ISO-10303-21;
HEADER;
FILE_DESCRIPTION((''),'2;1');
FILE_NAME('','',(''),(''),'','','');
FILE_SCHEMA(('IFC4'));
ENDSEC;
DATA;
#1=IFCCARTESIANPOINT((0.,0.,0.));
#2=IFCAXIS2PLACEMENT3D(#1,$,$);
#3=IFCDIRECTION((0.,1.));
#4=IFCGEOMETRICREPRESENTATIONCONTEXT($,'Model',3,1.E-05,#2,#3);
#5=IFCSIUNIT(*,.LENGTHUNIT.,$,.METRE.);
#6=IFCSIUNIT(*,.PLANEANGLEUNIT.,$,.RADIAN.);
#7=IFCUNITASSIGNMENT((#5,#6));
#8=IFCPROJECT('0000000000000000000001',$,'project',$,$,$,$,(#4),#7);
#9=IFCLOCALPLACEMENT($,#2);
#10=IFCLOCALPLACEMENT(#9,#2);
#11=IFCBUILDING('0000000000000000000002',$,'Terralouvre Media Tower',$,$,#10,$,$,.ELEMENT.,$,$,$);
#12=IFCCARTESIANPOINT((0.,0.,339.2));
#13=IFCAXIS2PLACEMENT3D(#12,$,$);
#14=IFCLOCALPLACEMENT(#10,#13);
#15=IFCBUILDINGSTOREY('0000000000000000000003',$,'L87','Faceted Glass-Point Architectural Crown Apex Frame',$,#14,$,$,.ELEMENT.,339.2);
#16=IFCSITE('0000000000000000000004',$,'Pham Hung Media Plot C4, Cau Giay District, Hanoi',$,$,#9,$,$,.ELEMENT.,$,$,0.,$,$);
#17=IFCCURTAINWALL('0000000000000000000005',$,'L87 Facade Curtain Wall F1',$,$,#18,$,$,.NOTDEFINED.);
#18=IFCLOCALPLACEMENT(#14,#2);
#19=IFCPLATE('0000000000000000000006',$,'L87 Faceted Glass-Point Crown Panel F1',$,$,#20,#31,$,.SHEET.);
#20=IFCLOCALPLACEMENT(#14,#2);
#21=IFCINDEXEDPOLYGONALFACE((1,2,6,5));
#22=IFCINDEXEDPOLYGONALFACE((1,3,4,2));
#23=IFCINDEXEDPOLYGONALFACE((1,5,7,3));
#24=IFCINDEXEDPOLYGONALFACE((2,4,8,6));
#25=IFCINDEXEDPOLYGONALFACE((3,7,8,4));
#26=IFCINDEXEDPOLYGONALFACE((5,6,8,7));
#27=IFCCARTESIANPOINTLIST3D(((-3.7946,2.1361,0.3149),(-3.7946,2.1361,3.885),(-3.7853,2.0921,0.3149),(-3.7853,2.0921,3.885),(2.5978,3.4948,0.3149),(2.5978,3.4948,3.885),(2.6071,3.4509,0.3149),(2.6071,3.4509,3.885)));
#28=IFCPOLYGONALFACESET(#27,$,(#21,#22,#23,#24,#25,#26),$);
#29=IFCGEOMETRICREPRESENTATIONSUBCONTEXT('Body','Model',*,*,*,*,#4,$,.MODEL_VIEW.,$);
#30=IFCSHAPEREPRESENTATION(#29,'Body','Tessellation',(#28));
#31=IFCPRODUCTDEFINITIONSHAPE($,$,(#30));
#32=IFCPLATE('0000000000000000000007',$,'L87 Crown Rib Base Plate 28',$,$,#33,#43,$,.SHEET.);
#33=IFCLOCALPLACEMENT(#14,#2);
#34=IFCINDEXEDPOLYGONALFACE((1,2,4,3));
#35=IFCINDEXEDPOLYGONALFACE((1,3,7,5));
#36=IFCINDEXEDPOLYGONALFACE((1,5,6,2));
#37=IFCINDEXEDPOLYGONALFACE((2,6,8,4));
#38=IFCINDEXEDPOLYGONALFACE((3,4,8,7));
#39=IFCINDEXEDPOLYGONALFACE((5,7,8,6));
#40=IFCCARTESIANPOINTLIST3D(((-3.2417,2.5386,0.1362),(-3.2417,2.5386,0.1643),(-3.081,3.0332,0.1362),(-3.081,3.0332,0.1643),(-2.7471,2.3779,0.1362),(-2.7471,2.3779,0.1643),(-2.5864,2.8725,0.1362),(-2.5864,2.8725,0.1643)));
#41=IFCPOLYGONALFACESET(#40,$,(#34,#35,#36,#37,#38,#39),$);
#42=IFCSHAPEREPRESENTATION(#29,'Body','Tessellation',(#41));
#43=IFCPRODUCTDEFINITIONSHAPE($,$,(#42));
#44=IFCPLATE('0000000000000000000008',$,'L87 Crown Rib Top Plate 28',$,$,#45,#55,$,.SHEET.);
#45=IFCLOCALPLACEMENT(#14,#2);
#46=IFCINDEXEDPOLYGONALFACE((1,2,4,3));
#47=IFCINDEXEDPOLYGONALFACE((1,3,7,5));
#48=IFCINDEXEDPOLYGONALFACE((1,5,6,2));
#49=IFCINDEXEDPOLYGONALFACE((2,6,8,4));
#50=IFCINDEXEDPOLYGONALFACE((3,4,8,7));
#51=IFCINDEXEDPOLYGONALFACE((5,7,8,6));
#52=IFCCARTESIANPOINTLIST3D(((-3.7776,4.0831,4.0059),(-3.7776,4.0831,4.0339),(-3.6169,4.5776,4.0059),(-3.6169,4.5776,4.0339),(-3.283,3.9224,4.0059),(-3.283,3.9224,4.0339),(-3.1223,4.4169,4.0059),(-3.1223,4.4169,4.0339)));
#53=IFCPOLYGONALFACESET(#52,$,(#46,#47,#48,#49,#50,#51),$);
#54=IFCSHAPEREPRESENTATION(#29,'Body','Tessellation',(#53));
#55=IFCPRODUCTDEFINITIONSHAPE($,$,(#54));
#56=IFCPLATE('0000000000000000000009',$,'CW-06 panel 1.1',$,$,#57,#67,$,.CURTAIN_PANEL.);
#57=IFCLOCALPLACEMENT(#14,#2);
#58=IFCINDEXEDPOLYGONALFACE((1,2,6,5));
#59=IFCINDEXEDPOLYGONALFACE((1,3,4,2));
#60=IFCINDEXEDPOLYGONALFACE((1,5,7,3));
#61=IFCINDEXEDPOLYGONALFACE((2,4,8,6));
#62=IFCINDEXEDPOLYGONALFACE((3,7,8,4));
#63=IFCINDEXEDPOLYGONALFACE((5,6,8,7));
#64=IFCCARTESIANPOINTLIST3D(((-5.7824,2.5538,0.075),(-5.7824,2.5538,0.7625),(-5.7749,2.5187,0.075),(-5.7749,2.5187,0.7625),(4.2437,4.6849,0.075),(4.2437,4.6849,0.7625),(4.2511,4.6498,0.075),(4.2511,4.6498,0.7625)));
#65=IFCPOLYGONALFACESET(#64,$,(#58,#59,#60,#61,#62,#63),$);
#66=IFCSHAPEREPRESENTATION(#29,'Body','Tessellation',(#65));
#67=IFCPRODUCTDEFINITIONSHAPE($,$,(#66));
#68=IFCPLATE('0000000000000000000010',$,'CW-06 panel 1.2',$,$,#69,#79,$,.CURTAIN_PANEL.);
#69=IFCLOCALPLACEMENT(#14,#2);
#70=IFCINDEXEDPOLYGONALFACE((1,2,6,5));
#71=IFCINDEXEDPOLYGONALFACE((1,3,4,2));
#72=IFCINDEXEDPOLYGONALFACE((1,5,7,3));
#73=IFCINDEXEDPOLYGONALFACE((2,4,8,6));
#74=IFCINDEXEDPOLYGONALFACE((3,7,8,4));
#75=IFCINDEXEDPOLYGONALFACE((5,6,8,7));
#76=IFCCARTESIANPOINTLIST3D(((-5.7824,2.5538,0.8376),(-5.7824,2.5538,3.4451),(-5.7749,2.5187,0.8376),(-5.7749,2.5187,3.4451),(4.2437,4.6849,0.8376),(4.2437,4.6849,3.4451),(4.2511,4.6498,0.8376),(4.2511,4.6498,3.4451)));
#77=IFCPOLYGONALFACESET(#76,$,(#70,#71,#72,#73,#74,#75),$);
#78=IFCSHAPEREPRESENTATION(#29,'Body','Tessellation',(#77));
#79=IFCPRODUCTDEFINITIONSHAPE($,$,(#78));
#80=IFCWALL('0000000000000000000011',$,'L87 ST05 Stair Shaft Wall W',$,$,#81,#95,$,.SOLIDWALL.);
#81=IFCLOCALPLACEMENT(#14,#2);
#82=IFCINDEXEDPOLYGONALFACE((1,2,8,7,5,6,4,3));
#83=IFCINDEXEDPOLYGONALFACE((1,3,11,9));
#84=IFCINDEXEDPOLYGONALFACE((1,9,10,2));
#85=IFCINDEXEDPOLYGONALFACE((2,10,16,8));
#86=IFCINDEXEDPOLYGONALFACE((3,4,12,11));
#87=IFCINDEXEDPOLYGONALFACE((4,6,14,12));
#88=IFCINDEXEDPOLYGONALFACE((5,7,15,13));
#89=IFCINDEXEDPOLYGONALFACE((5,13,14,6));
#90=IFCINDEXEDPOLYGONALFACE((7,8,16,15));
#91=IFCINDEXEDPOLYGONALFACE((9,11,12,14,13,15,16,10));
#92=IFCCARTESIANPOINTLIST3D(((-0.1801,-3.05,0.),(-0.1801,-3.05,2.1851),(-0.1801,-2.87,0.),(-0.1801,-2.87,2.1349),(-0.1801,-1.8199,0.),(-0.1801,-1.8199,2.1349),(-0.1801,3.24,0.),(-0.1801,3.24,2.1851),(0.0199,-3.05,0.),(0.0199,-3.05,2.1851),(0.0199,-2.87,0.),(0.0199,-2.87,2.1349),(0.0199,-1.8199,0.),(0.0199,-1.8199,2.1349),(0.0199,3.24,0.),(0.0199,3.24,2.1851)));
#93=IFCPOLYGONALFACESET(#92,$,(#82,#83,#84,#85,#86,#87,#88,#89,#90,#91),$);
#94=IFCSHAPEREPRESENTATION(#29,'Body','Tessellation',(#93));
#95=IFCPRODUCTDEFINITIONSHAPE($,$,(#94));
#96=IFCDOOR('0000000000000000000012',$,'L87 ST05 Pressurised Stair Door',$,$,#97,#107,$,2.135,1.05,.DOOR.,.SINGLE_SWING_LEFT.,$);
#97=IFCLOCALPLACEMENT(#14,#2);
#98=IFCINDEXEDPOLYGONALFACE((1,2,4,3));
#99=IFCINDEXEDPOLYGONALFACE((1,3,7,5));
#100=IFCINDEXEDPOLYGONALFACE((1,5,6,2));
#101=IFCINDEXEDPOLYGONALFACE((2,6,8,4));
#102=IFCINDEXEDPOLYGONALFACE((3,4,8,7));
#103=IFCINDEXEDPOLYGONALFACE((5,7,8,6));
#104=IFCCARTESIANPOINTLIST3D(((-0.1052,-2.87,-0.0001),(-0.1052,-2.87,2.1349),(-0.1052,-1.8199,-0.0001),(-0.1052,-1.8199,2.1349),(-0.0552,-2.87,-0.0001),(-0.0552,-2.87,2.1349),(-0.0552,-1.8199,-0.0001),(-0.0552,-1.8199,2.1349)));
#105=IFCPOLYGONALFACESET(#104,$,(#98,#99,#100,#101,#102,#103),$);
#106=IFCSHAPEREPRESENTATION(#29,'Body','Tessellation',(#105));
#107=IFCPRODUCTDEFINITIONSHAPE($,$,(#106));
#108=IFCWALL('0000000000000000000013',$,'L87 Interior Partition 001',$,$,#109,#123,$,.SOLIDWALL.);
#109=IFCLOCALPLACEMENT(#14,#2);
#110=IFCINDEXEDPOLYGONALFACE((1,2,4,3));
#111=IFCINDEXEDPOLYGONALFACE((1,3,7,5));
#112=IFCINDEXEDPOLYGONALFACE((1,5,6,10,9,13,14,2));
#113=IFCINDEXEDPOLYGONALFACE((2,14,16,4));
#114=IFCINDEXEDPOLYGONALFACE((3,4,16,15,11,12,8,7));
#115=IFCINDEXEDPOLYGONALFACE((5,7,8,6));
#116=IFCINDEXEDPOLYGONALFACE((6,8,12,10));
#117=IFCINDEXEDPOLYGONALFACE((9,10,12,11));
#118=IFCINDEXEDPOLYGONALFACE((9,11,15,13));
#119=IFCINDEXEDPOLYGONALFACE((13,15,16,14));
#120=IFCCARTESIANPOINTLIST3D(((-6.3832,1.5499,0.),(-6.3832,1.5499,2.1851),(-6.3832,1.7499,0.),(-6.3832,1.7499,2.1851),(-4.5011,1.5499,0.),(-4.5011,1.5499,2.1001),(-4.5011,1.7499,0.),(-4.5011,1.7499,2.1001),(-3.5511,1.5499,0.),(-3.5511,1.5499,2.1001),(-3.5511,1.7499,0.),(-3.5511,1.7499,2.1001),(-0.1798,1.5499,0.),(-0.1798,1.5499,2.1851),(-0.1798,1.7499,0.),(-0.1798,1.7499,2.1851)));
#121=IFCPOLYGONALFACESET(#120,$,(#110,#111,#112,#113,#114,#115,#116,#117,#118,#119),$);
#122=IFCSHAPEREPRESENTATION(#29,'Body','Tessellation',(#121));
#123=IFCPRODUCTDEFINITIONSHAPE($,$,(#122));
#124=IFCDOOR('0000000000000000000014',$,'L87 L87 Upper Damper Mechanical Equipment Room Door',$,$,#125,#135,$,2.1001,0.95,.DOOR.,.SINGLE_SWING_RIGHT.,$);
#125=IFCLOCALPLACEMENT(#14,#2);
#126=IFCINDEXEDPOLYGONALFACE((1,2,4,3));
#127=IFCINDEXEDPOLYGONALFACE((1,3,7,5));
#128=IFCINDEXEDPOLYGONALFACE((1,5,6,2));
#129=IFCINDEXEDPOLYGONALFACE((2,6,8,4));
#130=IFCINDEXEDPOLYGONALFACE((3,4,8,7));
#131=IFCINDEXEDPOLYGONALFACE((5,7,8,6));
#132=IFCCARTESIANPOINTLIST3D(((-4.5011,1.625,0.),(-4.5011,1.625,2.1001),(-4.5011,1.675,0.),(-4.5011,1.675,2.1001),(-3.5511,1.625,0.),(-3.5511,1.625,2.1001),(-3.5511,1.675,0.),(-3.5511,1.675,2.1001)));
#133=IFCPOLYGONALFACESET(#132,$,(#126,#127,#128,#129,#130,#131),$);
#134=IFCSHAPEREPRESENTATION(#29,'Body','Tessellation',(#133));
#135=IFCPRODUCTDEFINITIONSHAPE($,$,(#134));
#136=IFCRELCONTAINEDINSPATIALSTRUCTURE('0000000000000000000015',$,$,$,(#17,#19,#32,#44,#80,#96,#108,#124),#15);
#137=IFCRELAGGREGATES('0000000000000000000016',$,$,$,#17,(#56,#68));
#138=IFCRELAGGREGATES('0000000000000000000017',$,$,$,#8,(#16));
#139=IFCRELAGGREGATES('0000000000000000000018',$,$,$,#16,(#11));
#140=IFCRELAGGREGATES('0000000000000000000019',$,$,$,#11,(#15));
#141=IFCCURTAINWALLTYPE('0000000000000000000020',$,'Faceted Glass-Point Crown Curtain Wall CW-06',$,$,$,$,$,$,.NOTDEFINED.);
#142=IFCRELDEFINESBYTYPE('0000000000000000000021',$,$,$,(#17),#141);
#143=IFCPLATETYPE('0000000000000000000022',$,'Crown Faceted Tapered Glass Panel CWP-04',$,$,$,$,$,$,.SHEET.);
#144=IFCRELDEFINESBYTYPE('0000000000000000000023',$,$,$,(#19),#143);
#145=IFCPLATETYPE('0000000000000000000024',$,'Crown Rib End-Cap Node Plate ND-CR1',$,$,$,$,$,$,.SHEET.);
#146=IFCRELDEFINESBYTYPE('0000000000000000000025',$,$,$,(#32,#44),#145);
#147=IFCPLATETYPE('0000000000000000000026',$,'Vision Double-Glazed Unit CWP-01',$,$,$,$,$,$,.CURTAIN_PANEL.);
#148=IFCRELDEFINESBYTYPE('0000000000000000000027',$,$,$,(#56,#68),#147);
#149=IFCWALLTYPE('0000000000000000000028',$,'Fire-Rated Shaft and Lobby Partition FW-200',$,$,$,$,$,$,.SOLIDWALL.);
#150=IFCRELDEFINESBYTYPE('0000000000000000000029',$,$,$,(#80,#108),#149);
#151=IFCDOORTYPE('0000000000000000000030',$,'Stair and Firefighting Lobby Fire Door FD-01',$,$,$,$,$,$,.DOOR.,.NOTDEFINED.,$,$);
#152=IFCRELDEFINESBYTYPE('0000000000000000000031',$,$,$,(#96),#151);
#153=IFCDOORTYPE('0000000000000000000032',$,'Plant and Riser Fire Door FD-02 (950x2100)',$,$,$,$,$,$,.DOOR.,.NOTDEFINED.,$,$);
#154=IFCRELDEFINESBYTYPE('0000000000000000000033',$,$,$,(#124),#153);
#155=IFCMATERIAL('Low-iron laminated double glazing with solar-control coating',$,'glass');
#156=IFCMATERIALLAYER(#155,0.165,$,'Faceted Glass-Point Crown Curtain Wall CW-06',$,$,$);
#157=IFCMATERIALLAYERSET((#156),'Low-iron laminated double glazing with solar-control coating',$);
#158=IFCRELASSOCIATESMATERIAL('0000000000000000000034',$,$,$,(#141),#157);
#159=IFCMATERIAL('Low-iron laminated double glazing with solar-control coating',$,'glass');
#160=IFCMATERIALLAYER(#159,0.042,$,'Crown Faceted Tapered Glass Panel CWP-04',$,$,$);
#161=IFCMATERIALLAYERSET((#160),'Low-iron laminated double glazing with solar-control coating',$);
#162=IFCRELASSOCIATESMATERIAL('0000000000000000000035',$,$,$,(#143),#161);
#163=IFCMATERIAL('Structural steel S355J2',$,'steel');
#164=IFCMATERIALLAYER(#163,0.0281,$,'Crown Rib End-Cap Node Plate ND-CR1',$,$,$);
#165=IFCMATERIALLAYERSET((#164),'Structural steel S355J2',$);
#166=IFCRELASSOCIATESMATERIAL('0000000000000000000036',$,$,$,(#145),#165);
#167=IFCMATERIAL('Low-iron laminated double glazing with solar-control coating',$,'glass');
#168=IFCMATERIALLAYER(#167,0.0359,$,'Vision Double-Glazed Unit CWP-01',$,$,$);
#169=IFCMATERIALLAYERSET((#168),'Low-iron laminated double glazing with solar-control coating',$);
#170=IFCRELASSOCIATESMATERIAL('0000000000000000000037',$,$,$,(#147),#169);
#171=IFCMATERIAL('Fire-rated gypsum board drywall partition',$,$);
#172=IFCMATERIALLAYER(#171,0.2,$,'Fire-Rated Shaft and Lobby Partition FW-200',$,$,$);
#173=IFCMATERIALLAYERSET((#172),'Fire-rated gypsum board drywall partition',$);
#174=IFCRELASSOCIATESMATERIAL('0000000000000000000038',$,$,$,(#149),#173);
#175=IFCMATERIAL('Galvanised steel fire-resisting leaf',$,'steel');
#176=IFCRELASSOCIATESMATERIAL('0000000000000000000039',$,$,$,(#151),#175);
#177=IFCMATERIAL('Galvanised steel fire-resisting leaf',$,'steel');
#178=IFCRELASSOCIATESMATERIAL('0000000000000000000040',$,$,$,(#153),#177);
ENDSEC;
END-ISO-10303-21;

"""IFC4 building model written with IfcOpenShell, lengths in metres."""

from ifc_helpers import new_model, si_unit, direction, frame, frame_2d, origin, origin_2d, place, context, subcontext, project, spatial, rectangle, extrude, material, layer, layer_set, type_object, element, fill, aggregate, save


model = new_model("IFC4")

# Units and contexts
model_context = context("Model", 3, precision=1e-05, world=origin(), true_north=direction((0.0, 1.0)))
body_context = subcontext(model_context, "Body", "Model", "MODEL_VIEW")
ifc_project = project(units=[si_unit("LENGTHUNIT", "METRE"), si_unit("PLANEANGLEUNIT", "RADIAN")], contexts=[model_context])

# Site, building, storey
site_placement = place(None, origin())
site = spatial("IfcSite", under=ifc_project, at=site_placement, Name="Pham Hung Media Plot C4, Cau Giay District, Hanoi", CompositionType="ELEMENT", RefElevation=0.0)
building_placement = place(site_placement, origin())
building = spatial("IfcBuilding", under=site, at=building_placement, Name="Terralouvre Media Tower", CompositionType="ELEMENT")
storey_placement = place(building_placement, frame((0.0, 0.0, 339.2)))
storey = spatial("IfcBuildingStorey", under=building, at=storey_placement, Name="L87", Description="Faceted Glass-Point Architectural Crown Apex Frame", CompositionType="ELEMENT", Elevation=339.2)

# Shared definitions
ifc_material_1 = material(Name="Low-iron laminated double glazing with solar-control coating", Category="glass")
ifc_layer_1 = layer(ifc_material_1, 0.165, Name="Faceted Glass-Point Crown Curtain Wall CW-06")
ifc_layer_set_1 = layer_set([ifc_layer_1], Name="Low-iron laminated double glazing with solar-control coating")
curtain_wall_type = type_object("IfcCurtainWallType", Name="Faceted Glass-Point Crown Curtain Wall CW-06", PredefinedType="NOTDEFINED", material=ifc_layer_set_1)

# Curtain wall
curtain_wall_1_placement = place(storey_placement, origin())
curtain_wall_1 = element("IfcCurtainWall", 1, at=curtain_wall_1_placement, inside=storey, type_object=curtain_wall_type, Name="L87 Facade Curtain Wall F1", PredefinedType="NOTDEFINED")

# Plates
ifc_material_2 = material(Name="Low-iron laminated double glazing with solar-control coating", Category="glass")
ifc_layer_2 = layer(ifc_material_2, 0.042, Name="Crown Faceted Tapered Glass Panel CWP-04")
ifc_layer_set_2 = layer_set([ifc_layer_2], Name="Low-iron laminated double glazing with solar-control coating")
plate_type_1 = type_object("IfcPlateType", Name="Crown Faceted Tapered Glass Panel CWP-04", PredefinedType="SHEET", material=ifc_layer_set_2)
plate_1_placement = place(storey_placement, frame((-0.5938, 2.7935, 0.3149), z_axis=(0.0, 0.0, 1.0), x_axis=(-0.978148, -0.207912, 0.0)))
element("IfcPlate", 2, at=plate_1_placement, inside=storey, type_object=plate_type_1, Name="L87 Faceted Glass-Point Crown Panel F1", PredefinedType="SHEET", context=body_context, shape_type="SweptSolid", body=[
    extrude(rectangle(XDim=6.5352, YDim=0.0449, at=origin_2d()), origin(), (0.0, 0.0, 1.0), 3.5701),
])
ifc_material_3 = material(Name="Structural steel S355J2", Category="steel")
ifc_layer_3 = layer(ifc_material_3, 0.0281, Name="Crown Rib End-Cap Node Plate ND-CR1")
ifc_layer_set_3 = layer_set([ifc_layer_3], Name="Structural steel S355J2")
plate_type_2 = type_object("IfcPlateType", Name="Crown Rib End-Cap Node Plate ND-CR1", PredefinedType="SHEET", material=ifc_layer_set_3)
for number, where, z_axis, x_axis, name in (
    (3, (-2.9141, 2.7056, 0.1362), (0.0, 0.0, 1.0), (0.309017, 0.951057, 0.0), "L87 Crown Rib Base Plate 28"),
    (4, (-3.45, 4.25, 4.0059), (0.0, 0.0, 1.0), (0.309017, 0.951057, 0.0), "L87 Crown Rib Top Plate 28"),
):
    element("IfcPlate", number, at=place(storey_placement, frame(where, z_axis=z_axis, x_axis=x_axis)), inside=storey, type_object=plate_type_2, Name=name, PredefinedType="SHEET", context=body_context, shape_type="SweptSolid", body=[
        extrude(rectangle(XDim=0.52, YDim=0.52, at=origin_2d()), origin(), (0.0, 0.0, 1.0), 0.0281),
    ])

# Plates
ifc_material_4 = material(Name="Low-iron laminated double glazing with solar-control coating", Category="glass")
ifc_layer_4 = layer(ifc_material_4, 0.0359, Name="Vision Double-Glazed Unit CWP-01")
ifc_layer_set_4 = layer_set([ifc_layer_4], Name="Low-iron laminated double glazing with solar-control coating")
plate_type_3 = type_object("IfcPlateType", Name="Vision Double-Glazed Unit CWP-01", PredefinedType="CURTAIN_PANEL", material=ifc_layer_set_4)
plate_2_placement = place(storey_placement, frame((-0.7656, 3.6018, 0.075), z_axis=(0.0, 0.0, 1.0), x_axis=(-0.978148, -0.207912, 0.0)))
plate_2 = element("IfcPlate", 5, at=plate_2_placement, type_object=plate_type_3, Name="CW-06 panel 1.1", PredefinedType="CURTAIN_PANEL", context=body_context, shape_type="SweptSolid", body=[
    extrude(rectangle(XDim=10.25, YDim=0.0359, at=origin_2d()), origin(), (0.0, 0.0, 1.0), 0.6875),
])
plate_3_placement = place(storey_placement, frame((-0.7656, 3.6018, 0.8376), z_axis=(0.0, 0.0, 1.0), x_axis=(-0.978148, -0.207912, 0.0)))
plate_3 = element("IfcPlate", 6, at=plate_3_placement, type_object=plate_type_3, Name="CW-06 panel 1.2", PredefinedType="CURTAIN_PANEL", context=body_context, shape_type="SweptSolid", body=[
    extrude(rectangle(XDim=10.25, YDim=0.0359, at=origin_2d()), origin(), (0.0, 0.0, 1.0), 2.6074),
])
aggregate(curtain_wall_1, [plate_2, plate_3])

# Walls, openings, doors
ifc_material_5 = material(Name="Fire-rated gypsum board drywall partition")
ifc_layer_5 = layer(ifc_material_5, 0.2, Name="Fire-Rated Shaft and Lobby Partition FW-200")
ifc_layer_set_5 = layer_set([ifc_layer_5], Name="Fire-rated gypsum board drywall partition")
wall_type = type_object("IfcWallType", Name="Fire-Rated Shaft and Lobby Partition FW-200", PredefinedType="SOLIDWALL", material=ifc_layer_set_5)
wall_1_placement = place(storey_placement, frame((-0.0801, 3.24, 0.0), z_axis=(0.0, 0.0, 1.0), x_axis=(0.0, -1.0, 0.0)))
wall_1 = element("IfcWall", 7, at=wall_1_placement, inside=storey, type_object=wall_type, Name="L87 ST05 Stair Shaft Wall W", PredefinedType="SOLIDWALL", context=body_context, shape_type="SweptSolid", body=[
    extrude(rectangle(XDim=6.29, YDim=0.2, at=frame_2d((3.145, 0.0))), origin(), (0.0, 0.0, 1.0), 2.1851),
])
opening_1_placement = place(wall_1_placement, frame((5.0601, 0.0, 0.0)))
opening_1 = element("IfcOpeningElement", 8, at=opening_1_placement, cuts=wall_1, PredefinedType="OPENING", context=body_context, shape_type="SweptSolid", body=[
    extrude(rectangle(XDim=1.05, YDim=2.135, at=frame_2d((0.5249, 1.0674))), frame((0.0, 0.1099, 0.0), z_axis=(0.0, -1.0, 0.0), x_axis=(1.0, 0.0, 0.0)), (0.0, 0.0, 1.0), 0.22),
])
ifc_material_6 = material(Name="Galvanised steel fire-resisting leaf", Category="steel")
door_type_1 = type_object("IfcDoorType", Name="Stair and Firefighting Lobby Fire Door FD-01", OperationType="NOTDEFINED", PredefinedType="DOOR", material=ifc_material_6)
door_1_placement = place(opening_1_placement, origin())
door_1 = element("IfcDoor", 9, at=door_1_placement, inside=storey, type_object=door_type_1, Name="L87 ST05 Pressurised Stair Door", OperationType="SINGLE_SWING_LEFT", OverallHeight=2.135, OverallWidth=1.05, PredefinedType="DOOR", context=body_context, shape_type="SweptSolid", body=[
    extrude(rectangle(XDim=1.05, YDim=2.135, at=frame_2d((0.5249, 1.0674))), frame((0.0, 0.0249, 0.0), z_axis=(0.0, -1.0, 0.0), x_axis=(1.0, 0.0, 0.0)), (0.0, 0.0, 1.0), 0.05),
])
fill(opening_1, door_1)
wall_2_placement = place(storey_placement, frame((-0.1799, 1.6499, 0.0), z_axis=(0.0, 0.0, 1.0), x_axis=(-1.0, 0.0, 0.0)))
wall_2 = element("IfcWall", 10, at=wall_2_placement, inside=storey, type_object=wall_type, Name="L87 Interior Partition 001", PredefinedType="SOLIDWALL", context=body_context, shape_type="SweptSolid", body=[
    extrude(rectangle(XDim=6.2034, YDim=0.2, at=frame_2d((3.1016, 0.0))), origin(), (0.0, 0.0, 1.0), 2.1851),
])
opening_2_placement = place(wall_2_placement, frame((3.3711, 0.0, 0.0)))
opening_2 = element("IfcOpeningElement", 11, at=opening_2_placement, cuts=wall_2, PredefinedType="OPENING", context=body_context, shape_type="SweptSolid", body=[
    extrude(rectangle(XDim=0.95, YDim=2.1001, at=frame_2d((0.4751, 1.05))), frame((0.0, 0.1099, 0.0), z_axis=(0.0, -1.0, 0.0), x_axis=(1.0, 0.0, 0.0)), (0.0, 0.0, 1.0), 0.22),
])
ifc_material_7 = material(Name="Galvanised steel fire-resisting leaf", Category="steel")
door_type_2 = type_object("IfcDoorType", Name="Plant and Riser Fire Door FD-02 (950x2100)", OperationType="NOTDEFINED", PredefinedType="DOOR", material=ifc_material_7)
door_2_placement = place(opening_2_placement, origin())
door_2 = element("IfcDoor", 12, at=door_2_placement, inside=storey, type_object=door_type_2, Name="L87 L87 Upper Damper Mechanical Equipment Room Door", OperationType="SINGLE_SWING_RIGHT", OverallHeight=2.1001, OverallWidth=0.95, PredefinedType="DOOR", context=body_context, shape_type="SweptSolid", body=[
    extrude(rectangle(XDim=0.95, YDim=2.1001, at=frame_2d((0.4751, 1.05))), frame((0.0, 0.0249, 0.0), z_axis=(0.0, -1.0, 0.0), x_axis=(1.0, 0.0, 0.0)), (0.0, 0.0, 1.0), 0.05),
])
fill(opening_2, door_2)

save(model, "model.ifc")
